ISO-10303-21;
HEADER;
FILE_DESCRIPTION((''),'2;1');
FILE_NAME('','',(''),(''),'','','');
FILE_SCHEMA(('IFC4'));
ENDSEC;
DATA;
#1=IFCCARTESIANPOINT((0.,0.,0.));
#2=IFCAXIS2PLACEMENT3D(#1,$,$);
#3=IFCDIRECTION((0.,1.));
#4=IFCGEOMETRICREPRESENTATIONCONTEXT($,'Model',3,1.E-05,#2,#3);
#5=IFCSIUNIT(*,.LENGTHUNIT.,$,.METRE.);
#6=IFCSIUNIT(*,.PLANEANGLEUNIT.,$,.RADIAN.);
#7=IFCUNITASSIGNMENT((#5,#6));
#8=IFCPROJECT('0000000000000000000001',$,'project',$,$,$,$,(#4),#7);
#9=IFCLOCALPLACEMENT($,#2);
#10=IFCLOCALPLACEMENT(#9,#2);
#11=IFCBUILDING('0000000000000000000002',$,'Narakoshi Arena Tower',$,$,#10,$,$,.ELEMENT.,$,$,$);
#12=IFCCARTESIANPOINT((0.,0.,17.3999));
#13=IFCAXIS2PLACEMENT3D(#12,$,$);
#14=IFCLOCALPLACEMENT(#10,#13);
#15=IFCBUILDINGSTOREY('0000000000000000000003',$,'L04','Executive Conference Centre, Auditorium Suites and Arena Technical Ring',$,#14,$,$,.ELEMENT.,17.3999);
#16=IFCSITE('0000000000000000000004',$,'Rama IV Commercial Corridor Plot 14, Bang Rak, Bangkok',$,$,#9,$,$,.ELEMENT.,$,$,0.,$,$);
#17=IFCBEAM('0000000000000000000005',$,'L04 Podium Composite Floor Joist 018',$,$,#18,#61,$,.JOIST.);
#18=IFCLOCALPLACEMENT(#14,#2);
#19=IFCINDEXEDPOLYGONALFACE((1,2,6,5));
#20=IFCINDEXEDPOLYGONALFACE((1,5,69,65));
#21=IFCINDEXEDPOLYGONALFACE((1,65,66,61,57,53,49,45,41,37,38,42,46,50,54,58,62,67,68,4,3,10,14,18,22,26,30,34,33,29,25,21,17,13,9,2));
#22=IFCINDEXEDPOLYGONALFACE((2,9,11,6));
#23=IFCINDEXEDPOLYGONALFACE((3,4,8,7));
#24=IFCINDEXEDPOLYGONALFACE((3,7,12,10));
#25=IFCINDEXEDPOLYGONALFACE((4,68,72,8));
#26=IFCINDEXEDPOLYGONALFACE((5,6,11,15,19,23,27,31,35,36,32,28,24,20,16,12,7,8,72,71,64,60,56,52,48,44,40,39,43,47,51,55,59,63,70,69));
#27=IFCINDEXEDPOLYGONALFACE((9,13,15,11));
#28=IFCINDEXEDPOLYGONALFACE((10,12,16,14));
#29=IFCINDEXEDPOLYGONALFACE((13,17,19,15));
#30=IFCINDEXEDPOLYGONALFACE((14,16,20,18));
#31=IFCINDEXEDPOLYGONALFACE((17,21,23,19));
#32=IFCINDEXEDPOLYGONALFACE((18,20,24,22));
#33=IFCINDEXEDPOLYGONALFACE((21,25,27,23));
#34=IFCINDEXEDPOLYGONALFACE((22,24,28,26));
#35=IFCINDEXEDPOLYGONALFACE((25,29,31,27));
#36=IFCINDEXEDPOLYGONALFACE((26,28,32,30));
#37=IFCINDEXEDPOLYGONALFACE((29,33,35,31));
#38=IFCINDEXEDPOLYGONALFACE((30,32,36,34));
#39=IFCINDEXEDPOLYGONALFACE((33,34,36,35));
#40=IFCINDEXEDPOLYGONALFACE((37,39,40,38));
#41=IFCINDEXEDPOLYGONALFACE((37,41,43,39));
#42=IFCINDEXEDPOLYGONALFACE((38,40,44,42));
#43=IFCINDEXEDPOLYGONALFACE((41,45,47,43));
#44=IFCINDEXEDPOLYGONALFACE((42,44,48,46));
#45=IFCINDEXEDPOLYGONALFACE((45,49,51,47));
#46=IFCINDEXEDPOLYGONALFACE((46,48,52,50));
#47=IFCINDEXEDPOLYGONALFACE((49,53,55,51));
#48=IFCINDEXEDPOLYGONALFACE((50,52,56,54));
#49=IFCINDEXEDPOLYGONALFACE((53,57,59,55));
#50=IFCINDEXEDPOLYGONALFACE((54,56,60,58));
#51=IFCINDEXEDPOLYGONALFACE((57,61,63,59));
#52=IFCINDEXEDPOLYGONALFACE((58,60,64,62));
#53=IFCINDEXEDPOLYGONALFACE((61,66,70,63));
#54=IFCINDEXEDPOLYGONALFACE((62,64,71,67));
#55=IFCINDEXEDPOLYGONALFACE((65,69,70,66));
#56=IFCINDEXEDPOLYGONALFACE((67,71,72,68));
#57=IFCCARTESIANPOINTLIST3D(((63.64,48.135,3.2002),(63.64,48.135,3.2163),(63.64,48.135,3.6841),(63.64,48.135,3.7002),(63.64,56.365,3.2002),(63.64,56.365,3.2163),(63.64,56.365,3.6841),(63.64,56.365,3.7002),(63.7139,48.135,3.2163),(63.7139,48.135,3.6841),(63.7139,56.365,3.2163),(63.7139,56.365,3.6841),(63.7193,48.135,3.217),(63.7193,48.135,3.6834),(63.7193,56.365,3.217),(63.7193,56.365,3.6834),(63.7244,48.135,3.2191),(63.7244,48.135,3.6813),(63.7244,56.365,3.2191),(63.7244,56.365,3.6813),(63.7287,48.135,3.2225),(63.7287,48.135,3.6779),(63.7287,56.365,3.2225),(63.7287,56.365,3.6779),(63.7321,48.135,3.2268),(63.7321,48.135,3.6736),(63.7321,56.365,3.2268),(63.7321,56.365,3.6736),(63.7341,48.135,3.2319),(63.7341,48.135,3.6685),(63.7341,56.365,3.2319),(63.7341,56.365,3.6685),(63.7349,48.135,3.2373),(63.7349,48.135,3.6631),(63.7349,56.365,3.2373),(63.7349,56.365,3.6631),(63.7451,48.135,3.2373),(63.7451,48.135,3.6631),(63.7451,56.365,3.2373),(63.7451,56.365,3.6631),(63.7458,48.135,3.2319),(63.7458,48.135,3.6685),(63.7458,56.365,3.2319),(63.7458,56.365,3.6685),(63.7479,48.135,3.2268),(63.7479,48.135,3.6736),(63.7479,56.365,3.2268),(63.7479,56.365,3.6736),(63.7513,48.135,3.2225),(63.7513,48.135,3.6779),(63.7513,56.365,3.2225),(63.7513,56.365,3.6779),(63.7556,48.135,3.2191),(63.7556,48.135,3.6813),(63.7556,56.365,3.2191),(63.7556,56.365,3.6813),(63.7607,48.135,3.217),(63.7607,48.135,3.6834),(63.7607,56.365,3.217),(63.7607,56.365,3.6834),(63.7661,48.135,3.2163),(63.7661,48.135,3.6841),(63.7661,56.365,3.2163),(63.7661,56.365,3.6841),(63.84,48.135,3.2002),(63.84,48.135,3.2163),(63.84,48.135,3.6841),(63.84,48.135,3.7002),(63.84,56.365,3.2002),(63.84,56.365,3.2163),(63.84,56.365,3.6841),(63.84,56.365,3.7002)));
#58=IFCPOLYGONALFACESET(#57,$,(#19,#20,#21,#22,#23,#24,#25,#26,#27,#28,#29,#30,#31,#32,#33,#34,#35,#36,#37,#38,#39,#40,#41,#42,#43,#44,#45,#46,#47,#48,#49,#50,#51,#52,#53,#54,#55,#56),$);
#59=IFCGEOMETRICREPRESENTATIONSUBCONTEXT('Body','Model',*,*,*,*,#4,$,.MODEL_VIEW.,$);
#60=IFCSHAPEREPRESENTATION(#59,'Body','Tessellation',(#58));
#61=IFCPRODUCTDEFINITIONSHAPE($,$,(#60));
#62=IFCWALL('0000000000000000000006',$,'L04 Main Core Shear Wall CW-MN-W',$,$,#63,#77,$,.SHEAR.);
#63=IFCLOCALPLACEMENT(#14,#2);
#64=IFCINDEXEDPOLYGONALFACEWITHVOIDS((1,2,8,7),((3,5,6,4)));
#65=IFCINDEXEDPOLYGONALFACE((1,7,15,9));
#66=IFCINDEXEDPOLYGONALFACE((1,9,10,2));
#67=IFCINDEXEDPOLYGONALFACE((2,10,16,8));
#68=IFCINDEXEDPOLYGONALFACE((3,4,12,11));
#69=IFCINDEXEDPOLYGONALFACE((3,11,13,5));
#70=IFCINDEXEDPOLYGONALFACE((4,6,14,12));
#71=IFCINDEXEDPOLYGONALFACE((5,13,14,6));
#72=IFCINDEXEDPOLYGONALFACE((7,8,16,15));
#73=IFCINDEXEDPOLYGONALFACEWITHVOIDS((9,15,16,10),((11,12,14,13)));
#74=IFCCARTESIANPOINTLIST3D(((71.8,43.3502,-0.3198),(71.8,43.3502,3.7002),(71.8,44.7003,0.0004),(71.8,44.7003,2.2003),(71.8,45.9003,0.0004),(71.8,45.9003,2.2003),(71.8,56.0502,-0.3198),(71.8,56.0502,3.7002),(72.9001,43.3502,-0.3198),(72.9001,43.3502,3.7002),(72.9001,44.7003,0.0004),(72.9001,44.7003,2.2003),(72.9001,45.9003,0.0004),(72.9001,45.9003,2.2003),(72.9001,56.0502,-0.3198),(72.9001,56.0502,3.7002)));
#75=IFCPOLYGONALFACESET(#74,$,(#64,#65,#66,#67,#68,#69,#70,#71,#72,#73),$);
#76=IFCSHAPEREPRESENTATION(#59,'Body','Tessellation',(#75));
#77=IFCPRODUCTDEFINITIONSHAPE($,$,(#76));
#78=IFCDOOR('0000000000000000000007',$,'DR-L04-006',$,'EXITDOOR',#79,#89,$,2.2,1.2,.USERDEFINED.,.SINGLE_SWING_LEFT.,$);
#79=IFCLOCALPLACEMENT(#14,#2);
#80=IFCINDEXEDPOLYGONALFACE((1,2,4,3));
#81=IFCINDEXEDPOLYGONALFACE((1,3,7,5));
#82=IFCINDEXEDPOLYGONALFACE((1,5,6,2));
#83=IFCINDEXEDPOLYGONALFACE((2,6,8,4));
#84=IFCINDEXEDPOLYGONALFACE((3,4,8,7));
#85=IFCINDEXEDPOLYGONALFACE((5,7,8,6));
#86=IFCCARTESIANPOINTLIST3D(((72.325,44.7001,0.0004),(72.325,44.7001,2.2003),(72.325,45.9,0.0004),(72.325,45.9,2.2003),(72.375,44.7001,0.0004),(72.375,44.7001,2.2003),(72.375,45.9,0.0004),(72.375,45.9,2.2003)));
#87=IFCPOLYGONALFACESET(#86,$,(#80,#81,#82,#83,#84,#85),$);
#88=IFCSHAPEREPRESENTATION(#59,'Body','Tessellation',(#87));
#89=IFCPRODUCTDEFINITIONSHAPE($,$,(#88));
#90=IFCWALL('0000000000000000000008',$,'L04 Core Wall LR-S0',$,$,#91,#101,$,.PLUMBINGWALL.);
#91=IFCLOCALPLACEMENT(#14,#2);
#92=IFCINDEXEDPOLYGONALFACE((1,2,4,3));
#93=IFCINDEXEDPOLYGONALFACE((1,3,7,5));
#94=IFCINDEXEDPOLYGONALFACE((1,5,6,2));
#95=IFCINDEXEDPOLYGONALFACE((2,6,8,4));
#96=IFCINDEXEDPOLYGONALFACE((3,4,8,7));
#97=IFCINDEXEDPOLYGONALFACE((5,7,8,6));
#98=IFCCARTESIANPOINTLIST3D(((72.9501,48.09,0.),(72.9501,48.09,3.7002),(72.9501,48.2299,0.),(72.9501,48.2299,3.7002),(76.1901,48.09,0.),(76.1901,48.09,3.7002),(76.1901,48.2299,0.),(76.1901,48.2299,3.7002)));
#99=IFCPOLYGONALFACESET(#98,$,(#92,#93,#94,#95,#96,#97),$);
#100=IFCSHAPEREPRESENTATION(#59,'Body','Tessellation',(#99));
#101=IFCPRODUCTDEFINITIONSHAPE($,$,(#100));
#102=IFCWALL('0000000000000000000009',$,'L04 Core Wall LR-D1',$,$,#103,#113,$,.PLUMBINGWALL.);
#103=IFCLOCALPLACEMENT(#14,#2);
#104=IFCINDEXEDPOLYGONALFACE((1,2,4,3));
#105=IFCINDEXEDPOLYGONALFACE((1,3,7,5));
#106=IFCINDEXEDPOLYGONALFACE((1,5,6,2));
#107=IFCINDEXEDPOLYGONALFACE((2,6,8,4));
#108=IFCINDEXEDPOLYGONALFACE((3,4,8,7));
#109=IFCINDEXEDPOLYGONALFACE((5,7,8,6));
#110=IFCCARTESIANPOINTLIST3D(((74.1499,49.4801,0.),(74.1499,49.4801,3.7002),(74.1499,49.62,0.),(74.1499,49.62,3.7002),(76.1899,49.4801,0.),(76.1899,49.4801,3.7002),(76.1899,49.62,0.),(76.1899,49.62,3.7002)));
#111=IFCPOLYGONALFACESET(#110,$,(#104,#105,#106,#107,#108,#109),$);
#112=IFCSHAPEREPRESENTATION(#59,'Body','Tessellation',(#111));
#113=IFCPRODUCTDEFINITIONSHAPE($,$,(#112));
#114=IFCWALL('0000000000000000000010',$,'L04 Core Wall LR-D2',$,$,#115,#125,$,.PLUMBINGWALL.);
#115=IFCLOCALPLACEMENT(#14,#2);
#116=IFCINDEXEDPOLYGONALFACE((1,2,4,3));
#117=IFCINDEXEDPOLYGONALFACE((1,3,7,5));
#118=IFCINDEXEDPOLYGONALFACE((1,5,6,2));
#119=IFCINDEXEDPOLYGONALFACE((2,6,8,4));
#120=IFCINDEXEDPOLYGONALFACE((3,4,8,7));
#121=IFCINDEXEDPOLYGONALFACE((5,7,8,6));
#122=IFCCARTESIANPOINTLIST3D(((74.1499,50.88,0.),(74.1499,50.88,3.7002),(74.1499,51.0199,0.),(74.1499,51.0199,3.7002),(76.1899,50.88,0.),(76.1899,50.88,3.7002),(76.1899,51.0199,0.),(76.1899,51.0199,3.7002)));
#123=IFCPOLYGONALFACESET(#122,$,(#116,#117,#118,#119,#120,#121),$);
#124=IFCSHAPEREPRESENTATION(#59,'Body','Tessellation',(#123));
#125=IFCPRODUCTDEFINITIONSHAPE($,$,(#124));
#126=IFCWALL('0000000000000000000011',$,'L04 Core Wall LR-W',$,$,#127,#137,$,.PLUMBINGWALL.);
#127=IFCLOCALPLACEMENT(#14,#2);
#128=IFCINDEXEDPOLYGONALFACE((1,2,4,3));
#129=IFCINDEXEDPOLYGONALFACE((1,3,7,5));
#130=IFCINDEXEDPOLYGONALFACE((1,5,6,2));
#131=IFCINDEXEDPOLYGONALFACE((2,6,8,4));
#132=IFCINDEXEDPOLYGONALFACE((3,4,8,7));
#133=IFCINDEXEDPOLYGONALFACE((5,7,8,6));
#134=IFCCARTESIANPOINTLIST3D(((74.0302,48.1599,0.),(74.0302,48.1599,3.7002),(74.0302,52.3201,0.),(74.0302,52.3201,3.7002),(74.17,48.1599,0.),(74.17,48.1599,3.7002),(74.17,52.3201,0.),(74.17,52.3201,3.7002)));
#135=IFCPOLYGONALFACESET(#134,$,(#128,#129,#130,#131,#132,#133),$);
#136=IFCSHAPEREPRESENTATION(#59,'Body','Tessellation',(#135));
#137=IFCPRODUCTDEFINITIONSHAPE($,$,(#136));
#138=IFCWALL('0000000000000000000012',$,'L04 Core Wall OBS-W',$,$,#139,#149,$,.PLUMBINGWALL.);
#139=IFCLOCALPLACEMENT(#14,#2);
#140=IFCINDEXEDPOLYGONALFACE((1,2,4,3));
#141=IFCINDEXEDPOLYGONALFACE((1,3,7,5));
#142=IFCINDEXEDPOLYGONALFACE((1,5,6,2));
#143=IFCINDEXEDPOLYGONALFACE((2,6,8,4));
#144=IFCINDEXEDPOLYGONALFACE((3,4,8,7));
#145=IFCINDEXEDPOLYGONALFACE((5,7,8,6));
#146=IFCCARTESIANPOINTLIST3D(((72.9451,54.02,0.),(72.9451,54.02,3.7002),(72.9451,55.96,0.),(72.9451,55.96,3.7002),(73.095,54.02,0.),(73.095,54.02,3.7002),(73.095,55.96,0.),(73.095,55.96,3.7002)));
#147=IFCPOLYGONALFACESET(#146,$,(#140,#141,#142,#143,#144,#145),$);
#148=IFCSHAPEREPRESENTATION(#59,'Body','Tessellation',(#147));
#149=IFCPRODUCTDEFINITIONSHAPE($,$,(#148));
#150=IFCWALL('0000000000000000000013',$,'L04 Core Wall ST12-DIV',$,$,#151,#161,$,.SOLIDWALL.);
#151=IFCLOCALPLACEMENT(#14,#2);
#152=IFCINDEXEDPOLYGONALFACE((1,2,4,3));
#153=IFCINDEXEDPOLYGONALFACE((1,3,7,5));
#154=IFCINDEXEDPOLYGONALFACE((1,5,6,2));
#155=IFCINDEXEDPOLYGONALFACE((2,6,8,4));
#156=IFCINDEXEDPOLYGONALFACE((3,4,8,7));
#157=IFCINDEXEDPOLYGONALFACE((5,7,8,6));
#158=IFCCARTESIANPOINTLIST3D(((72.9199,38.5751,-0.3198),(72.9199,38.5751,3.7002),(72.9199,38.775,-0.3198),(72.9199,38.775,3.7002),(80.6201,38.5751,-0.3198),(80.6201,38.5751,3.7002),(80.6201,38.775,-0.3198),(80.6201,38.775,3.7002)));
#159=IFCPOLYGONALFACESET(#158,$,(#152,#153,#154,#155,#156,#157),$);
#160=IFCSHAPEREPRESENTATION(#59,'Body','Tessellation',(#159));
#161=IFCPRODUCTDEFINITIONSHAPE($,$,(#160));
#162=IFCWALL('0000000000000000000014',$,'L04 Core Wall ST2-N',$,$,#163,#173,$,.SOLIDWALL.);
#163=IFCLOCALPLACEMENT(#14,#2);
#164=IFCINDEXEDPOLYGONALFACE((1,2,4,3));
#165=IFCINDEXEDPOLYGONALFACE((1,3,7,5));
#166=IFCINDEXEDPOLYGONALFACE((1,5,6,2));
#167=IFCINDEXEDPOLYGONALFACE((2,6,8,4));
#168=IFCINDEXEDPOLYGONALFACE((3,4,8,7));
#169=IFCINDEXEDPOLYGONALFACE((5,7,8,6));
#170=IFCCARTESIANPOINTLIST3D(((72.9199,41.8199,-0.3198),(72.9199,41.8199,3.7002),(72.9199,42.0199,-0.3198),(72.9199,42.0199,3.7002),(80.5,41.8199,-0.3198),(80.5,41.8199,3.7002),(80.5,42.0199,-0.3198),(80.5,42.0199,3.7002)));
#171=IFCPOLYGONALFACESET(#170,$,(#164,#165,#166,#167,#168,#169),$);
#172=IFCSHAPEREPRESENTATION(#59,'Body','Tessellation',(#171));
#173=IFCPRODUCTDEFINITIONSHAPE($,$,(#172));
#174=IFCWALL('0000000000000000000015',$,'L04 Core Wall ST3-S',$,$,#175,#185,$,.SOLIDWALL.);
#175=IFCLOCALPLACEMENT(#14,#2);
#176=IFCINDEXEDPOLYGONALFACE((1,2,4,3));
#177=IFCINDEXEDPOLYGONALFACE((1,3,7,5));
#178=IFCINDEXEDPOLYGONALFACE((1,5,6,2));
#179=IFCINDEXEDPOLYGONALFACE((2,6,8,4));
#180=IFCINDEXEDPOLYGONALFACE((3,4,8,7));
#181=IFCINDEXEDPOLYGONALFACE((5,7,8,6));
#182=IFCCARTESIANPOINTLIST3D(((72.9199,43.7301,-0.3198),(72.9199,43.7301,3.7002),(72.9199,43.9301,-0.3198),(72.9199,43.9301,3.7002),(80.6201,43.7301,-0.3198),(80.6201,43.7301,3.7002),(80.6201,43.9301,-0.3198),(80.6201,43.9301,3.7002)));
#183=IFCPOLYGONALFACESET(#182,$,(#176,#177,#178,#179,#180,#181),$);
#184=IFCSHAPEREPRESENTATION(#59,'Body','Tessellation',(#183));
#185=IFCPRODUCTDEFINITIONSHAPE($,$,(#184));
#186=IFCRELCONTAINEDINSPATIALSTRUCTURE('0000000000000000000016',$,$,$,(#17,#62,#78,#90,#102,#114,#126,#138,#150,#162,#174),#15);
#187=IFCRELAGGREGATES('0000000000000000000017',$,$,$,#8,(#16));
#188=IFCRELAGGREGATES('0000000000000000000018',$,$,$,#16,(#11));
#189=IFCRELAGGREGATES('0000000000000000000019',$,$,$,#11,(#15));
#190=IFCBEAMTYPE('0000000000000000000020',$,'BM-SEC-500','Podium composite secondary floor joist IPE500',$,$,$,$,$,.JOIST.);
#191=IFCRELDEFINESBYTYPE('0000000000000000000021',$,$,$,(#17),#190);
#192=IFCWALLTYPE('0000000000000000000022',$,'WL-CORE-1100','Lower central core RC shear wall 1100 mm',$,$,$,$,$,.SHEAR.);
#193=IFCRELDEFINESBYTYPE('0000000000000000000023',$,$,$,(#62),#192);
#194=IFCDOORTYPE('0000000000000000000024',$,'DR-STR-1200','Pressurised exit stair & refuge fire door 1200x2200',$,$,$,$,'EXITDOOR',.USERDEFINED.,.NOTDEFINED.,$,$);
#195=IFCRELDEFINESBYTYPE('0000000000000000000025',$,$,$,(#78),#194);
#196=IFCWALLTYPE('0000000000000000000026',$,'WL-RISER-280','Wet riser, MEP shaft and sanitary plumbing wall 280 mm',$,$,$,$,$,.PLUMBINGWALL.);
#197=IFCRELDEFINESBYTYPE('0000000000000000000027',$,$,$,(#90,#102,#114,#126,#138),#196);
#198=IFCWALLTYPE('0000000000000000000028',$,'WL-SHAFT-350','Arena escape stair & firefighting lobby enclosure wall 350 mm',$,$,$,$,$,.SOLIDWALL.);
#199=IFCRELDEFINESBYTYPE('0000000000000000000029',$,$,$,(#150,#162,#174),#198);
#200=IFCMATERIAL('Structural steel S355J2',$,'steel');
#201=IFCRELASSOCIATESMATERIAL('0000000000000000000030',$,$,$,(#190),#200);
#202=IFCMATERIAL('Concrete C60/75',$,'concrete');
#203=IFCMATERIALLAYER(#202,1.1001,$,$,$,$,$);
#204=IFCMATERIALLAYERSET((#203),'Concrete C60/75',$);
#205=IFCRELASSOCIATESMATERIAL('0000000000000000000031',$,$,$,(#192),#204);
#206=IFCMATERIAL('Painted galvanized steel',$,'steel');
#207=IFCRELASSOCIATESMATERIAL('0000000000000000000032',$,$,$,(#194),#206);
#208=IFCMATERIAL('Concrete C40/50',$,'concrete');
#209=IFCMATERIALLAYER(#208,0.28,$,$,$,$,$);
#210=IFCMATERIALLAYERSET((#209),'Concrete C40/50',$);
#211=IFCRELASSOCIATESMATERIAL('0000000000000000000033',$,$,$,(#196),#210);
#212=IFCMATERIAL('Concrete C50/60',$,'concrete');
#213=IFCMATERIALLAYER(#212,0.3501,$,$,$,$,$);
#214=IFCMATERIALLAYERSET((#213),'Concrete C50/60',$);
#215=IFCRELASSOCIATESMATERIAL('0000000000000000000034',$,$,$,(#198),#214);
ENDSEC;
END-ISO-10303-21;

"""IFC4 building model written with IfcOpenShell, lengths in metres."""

from ifc_helpers import new_model, si_unit, direction, frame, frame_2d, origin, origin_2d, place, context, subcontext, project, spatial, rectangle, i_section, extrude, material, layer, layer_set, material_profile, profile_set, type_object, element, fill, save


model = new_model("IFC4")

# Units and contexts
model_context = context("Model", 3, precision=1e-05, world=origin(), true_north=direction((0.0, 1.0)))
body_context = subcontext(model_context, "Body", "Model", "MODEL_VIEW")
ifc_project = project(units=[si_unit("LENGTHUNIT", "METRE"), si_unit("PLANEANGLEUNIT", "RADIAN")], contexts=[model_context])

# Site, building, storey
site_placement = place(None, origin())
site = spatial("IfcSite", under=ifc_project, at=site_placement, Name="Rama IV Commercial Corridor Plot 14, Bang Rak, Bangkok", CompositionType="ELEMENT", RefElevation=0.0)
building_placement = place(site_placement, origin())
building = spatial("IfcBuilding", under=site, at=building_placement, Name="Narakoshi Arena Tower", CompositionType="ELEMENT")
storey_placement = place(building_placement, frame((0.0, 0.0, 17.3999)))
storey = spatial("IfcBuildingStorey", under=building, at=storey_placement, Name="L04", Description="Executive Conference Centre, Auditorium Suites and Arena Technical Ring", CompositionType="ELEMENT", Elevation=17.3999)

# Shared definitions
ifc_material_1 = material(Name="Concrete C60/75", Category="concrete")

# Beam
ifc_material_2 = material(Name="Structural steel S355J2", Category="steel")
ifc_material_profile_1 = material_profile(ifc_material_2, i_section(OverallWidth=0.2, OverallDepth=0.5, WebThickness=0.0103, FlangeThickness=0.0161, FilletRadius=0.021, at=origin_2d()), Name="IPE500")
ifc_profile_set_1 = profile_set([ifc_material_profile_1], Name="Structural steel S355J2")
beam_type_1 = type_object("IfcBeamType", Name="BM-SEC-500", Description="Podium composite secondary floor joist IPE500", PredefinedType="JOIST", material=ifc_profile_set_1)
for number, where, z_axis, x_axis, name in (
    (1, (63.74, 48.135, 3.4502), (0.0, 1.0, 0.0), (-1.0, 0.0, 0.0), "L04 Podium Composite Floor Joist 018"),
):
    element("IfcBeam", number, at=place(storey_placement, frame(where, z_axis=z_axis, x_axis=x_axis)), inside=storey, type_object=beam_type_1, Name=name, PredefinedType="JOIST", context=body_context, shape_type="SweptSolid", body=[
        extrude(i_section(OverallWidth=0.2, OverallDepth=0.5, WebThickness=0.0103, FlangeThickness=0.0161, FilletRadius=0.021, at=origin_2d()), origin(), (0.0, 0.0, 1.0), 8.23),
    ])

# Wall, opening, door
ifc_layer_1 = layer(ifc_material_1, 1.1001)
ifc_layer_set_1 = layer_set([ifc_layer_1], Name="Concrete C60/75")
wall_type_1 = type_object("IfcWallType", Name="WL-CORE-1100", Description="Lower central core RC shear wall 1100 mm", PredefinedType="SHEAR", material=ifc_layer_set_1)
wall_1_placement = place(storey_placement, frame((72.3501, 43.3501, -0.3198), z_axis=(0.0, 0.0, 1.0), x_axis=(0.0, 1.0, 0.0)))
wall_1 = element("IfcWall", 2, at=wall_1_placement, inside=storey, type_object=wall_type_1, Name="L04 Main Core Shear Wall CW-MN-W", PredefinedType="SHEAR", context=body_context, shape_type="SweptSolid", body=[
    extrude(rectangle(XDim=12.7, YDim=1.1001, at=frame_2d((6.3501, 0.0))), origin(), (0.0, 0.0, 1.0), 4.02),
])
opening_placement = place(wall_1_placement, frame((1.3501, 0.0, 0.3201)))
opening = element("IfcOpeningElement", 3, at=opening_placement, cuts=wall_1, PredefinedType="OPENING", context=body_context, shape_type="SweptSolid", body=[
    extrude(rectangle(XDim=1.2, YDim=2.2, at=frame_2d((0.6001, 1.1001))), frame((0.0, 0.5601, 0.0), z_axis=(0.0, -1.0, 0.0), x_axis=(1.0, 0.0, 0.0)), (0.0, 0.0, 1.0), 1.1201),
])
ifc_material_3 = material(Name="Painted galvanized steel", Category="steel")
door_type = type_object("IfcDoorType", Name="DR-STR-1200", Description="Pressurised exit stair & refuge fire door 1200x2200", ElementType="EXITDOOR", OperationType="NOTDEFINED", PredefinedType="USERDEFINED", material=ifc_material_3)
door_placement = place(opening_placement, frame((1.2, 0.0, 0.0), z_axis=(0.0, 0.0, 1.0), x_axis=(-1.0, 0.0, 0.0)))
door = element("IfcDoor", 4, at=door_placement, inside=storey, type_object=door_type, Name="DR-L04-006", ObjectType="EXITDOOR", OperationType="SINGLE_SWING_LEFT", OverallHeight=2.2, OverallWidth=1.2, PredefinedType="USERDEFINED", context=body_context, shape_type="SweptSolid", body=[
    extrude(rectangle(XDim=1.2, YDim=2.2, at=frame_2d((0.6001, 1.1001))), frame((0.0, 0.0249, 0.0), z_axis=(0.0, -1.0, 0.0), x_axis=(1.0, 0.0, 0.0)), (0.0, 0.0, 1.0), 0.05),
])
fill(opening, door)

# Walls
ifc_material_4 = material(Name="Concrete C40/50", Category="concrete")
ifc_layer_2 = layer(ifc_material_4, 0.28)
ifc_layer_set_2 = layer_set([ifc_layer_2], Name="Concrete C40/50")
wall_type_2 = type_object("IfcWallType", Name="WL-RISER-280", Description="Wet riser, MEP shaft and sanitary plumbing wall 280 mm", PredefinedType="PLUMBINGWALL", material=ifc_layer_set_2)
wall_2_placement = place(storey_placement, frame((72.95, 48.1599, 0.0), z_axis=(0.0, 0.0, 1.0), x_axis=(1.0, 0.0, 0.0)))
element("IfcWall", 5, at=wall_2_placement, inside=storey, type_object=wall_type_2, Name="L04 Core Wall LR-S0", PredefinedType="PLUMBINGWALL", context=body_context, shape_type="SweptSolid", body=[
    extrude(rectangle(XDim=3.24, YDim=0.1399, at=frame_2d((1.6201, 0.0))), origin(), (0.0, 0.0, 1.0), 3.7002),
])
for number, where, z_axis, x_axis, name in (
    (6, (74.1499, 49.55, 0.0), (0.0, 0.0, 1.0), (1.0, 0.0, 0.0), "L04 Core Wall LR-D1"),
    (7, (74.1499, 50.95, 0.0), (0.0, 0.0, 1.0), (1.0, 0.0, 0.0), "L04 Core Wall LR-D2"),
):
    element("IfcWall", number, at=place(storey_placement, frame(where, z_axis=z_axis, x_axis=x_axis)), inside=storey, type_object=wall_type_2, Name=name, PredefinedType="PLUMBINGWALL", context=body_context, shape_type="SweptSolid", body=[
        extrude(rectangle(XDim=2.04, YDim=0.1399, at=frame_2d((1.02, 0.0))), origin(), (0.0, 0.0, 1.0), 3.7002),
    ])
wall_3_placement = place(storey_placement, frame((74.1001, 48.1599, 0.0), z_axis=(0.0, 0.0, 1.0), x_axis=(0.0, 1.0, 0.0)))
element("IfcWall", 8, at=wall_3_placement, inside=storey, type_object=wall_type_2, Name="L04 Core Wall LR-W", PredefinedType="PLUMBINGWALL", context=body_context, shape_type="SweptSolid", body=[
    extrude(rectangle(XDim=4.1602, YDim=0.1399, at=frame_2d((2.0801, 0.0))), origin(), (0.0, 0.0, 1.0), 3.7002),
])
wall_4_placement = place(storey_placement, frame((73.02, 54.02, 0.0), z_axis=(0.0, 0.0, 1.0), x_axis=(0.0, 1.0, 0.0)))
element("IfcWall", 9, at=wall_4_placement, inside=storey, type_object=wall_type_2, Name="L04 Core Wall OBS-W", PredefinedType="PLUMBINGWALL", context=body_context, shape_type="SweptSolid", body=[
    extrude(rectangle(XDim=1.9399, YDim=0.1499, at=frame_2d((0.97, 0.0))), origin(), (0.0, 0.0, 1.0), 3.7002),
])
ifc_material_5 = material(Name="Concrete C50/60", Category="concrete")
ifc_layer_3 = layer(ifc_material_5, 0.3501)
ifc_layer_set_3 = layer_set([ifc_layer_3], Name="Concrete C50/60")
wall_type_3 = type_object("IfcWallType", Name="WL-SHAFT-350", Description="Arena escape stair & firefighting lobby enclosure wall 350 mm", PredefinedType="SOLIDWALL", material=ifc_layer_set_3)
wall_5_placement = place(storey_placement, frame((72.9199, 38.675, -0.3198), z_axis=(0.0, 0.0, 1.0), x_axis=(1.0, 0.0, 0.0)))
element("IfcWall", 10, at=wall_5_placement, inside=storey, type_object=wall_type_3, Name="L04 Core Wall ST12-DIV", PredefinedType="SOLIDWALL", context=body_context, shape_type="SweptSolid", body=[
    extrude(rectangle(XDim=7.7002, YDim=0.2, at=frame_2d((3.8501, 0.0))), origin(), (0.0, 0.0, 1.0), 4.02),
])
wall_6_placement = place(storey_placement, frame((72.9199, 41.9199, -0.3198), z_axis=(0.0, 0.0, 1.0), x_axis=(1.0, 0.0, 0.0)))
element("IfcWall", 11, at=wall_6_placement, inside=storey, type_object=wall_type_3, Name="L04 Core Wall ST2-N", PredefinedType="SOLIDWALL", context=body_context, shape_type="SweptSolid", body=[
    extrude(rectangle(XDim=7.5801, YDim=0.2, at=frame_2d((3.79, 0.0))), origin(), (0.0, 0.0, 1.0), 4.02),
])
for number, where, z_axis, x_axis, name in (
    (12, (72.9199, 43.8301, -0.3198), (0.0, 0.0, 1.0), (1.0, 0.0, 0.0), "L04 Core Wall ST3-S"),
):
    element("IfcWall", number, at=place(storey_placement, frame(where, z_axis=z_axis, x_axis=x_axis)), inside=storey, type_object=wall_type_3, Name=name, PredefinedType="SOLIDWALL", context=body_context, shape_type="SweptSolid", body=[
        extrude(rectangle(XDim=7.7002, YDim=0.2, at=frame_2d((3.8501, 0.0))), origin(), (0.0, 0.0, 1.0), 4.02),
    ])

save(model, "model.ifc")
